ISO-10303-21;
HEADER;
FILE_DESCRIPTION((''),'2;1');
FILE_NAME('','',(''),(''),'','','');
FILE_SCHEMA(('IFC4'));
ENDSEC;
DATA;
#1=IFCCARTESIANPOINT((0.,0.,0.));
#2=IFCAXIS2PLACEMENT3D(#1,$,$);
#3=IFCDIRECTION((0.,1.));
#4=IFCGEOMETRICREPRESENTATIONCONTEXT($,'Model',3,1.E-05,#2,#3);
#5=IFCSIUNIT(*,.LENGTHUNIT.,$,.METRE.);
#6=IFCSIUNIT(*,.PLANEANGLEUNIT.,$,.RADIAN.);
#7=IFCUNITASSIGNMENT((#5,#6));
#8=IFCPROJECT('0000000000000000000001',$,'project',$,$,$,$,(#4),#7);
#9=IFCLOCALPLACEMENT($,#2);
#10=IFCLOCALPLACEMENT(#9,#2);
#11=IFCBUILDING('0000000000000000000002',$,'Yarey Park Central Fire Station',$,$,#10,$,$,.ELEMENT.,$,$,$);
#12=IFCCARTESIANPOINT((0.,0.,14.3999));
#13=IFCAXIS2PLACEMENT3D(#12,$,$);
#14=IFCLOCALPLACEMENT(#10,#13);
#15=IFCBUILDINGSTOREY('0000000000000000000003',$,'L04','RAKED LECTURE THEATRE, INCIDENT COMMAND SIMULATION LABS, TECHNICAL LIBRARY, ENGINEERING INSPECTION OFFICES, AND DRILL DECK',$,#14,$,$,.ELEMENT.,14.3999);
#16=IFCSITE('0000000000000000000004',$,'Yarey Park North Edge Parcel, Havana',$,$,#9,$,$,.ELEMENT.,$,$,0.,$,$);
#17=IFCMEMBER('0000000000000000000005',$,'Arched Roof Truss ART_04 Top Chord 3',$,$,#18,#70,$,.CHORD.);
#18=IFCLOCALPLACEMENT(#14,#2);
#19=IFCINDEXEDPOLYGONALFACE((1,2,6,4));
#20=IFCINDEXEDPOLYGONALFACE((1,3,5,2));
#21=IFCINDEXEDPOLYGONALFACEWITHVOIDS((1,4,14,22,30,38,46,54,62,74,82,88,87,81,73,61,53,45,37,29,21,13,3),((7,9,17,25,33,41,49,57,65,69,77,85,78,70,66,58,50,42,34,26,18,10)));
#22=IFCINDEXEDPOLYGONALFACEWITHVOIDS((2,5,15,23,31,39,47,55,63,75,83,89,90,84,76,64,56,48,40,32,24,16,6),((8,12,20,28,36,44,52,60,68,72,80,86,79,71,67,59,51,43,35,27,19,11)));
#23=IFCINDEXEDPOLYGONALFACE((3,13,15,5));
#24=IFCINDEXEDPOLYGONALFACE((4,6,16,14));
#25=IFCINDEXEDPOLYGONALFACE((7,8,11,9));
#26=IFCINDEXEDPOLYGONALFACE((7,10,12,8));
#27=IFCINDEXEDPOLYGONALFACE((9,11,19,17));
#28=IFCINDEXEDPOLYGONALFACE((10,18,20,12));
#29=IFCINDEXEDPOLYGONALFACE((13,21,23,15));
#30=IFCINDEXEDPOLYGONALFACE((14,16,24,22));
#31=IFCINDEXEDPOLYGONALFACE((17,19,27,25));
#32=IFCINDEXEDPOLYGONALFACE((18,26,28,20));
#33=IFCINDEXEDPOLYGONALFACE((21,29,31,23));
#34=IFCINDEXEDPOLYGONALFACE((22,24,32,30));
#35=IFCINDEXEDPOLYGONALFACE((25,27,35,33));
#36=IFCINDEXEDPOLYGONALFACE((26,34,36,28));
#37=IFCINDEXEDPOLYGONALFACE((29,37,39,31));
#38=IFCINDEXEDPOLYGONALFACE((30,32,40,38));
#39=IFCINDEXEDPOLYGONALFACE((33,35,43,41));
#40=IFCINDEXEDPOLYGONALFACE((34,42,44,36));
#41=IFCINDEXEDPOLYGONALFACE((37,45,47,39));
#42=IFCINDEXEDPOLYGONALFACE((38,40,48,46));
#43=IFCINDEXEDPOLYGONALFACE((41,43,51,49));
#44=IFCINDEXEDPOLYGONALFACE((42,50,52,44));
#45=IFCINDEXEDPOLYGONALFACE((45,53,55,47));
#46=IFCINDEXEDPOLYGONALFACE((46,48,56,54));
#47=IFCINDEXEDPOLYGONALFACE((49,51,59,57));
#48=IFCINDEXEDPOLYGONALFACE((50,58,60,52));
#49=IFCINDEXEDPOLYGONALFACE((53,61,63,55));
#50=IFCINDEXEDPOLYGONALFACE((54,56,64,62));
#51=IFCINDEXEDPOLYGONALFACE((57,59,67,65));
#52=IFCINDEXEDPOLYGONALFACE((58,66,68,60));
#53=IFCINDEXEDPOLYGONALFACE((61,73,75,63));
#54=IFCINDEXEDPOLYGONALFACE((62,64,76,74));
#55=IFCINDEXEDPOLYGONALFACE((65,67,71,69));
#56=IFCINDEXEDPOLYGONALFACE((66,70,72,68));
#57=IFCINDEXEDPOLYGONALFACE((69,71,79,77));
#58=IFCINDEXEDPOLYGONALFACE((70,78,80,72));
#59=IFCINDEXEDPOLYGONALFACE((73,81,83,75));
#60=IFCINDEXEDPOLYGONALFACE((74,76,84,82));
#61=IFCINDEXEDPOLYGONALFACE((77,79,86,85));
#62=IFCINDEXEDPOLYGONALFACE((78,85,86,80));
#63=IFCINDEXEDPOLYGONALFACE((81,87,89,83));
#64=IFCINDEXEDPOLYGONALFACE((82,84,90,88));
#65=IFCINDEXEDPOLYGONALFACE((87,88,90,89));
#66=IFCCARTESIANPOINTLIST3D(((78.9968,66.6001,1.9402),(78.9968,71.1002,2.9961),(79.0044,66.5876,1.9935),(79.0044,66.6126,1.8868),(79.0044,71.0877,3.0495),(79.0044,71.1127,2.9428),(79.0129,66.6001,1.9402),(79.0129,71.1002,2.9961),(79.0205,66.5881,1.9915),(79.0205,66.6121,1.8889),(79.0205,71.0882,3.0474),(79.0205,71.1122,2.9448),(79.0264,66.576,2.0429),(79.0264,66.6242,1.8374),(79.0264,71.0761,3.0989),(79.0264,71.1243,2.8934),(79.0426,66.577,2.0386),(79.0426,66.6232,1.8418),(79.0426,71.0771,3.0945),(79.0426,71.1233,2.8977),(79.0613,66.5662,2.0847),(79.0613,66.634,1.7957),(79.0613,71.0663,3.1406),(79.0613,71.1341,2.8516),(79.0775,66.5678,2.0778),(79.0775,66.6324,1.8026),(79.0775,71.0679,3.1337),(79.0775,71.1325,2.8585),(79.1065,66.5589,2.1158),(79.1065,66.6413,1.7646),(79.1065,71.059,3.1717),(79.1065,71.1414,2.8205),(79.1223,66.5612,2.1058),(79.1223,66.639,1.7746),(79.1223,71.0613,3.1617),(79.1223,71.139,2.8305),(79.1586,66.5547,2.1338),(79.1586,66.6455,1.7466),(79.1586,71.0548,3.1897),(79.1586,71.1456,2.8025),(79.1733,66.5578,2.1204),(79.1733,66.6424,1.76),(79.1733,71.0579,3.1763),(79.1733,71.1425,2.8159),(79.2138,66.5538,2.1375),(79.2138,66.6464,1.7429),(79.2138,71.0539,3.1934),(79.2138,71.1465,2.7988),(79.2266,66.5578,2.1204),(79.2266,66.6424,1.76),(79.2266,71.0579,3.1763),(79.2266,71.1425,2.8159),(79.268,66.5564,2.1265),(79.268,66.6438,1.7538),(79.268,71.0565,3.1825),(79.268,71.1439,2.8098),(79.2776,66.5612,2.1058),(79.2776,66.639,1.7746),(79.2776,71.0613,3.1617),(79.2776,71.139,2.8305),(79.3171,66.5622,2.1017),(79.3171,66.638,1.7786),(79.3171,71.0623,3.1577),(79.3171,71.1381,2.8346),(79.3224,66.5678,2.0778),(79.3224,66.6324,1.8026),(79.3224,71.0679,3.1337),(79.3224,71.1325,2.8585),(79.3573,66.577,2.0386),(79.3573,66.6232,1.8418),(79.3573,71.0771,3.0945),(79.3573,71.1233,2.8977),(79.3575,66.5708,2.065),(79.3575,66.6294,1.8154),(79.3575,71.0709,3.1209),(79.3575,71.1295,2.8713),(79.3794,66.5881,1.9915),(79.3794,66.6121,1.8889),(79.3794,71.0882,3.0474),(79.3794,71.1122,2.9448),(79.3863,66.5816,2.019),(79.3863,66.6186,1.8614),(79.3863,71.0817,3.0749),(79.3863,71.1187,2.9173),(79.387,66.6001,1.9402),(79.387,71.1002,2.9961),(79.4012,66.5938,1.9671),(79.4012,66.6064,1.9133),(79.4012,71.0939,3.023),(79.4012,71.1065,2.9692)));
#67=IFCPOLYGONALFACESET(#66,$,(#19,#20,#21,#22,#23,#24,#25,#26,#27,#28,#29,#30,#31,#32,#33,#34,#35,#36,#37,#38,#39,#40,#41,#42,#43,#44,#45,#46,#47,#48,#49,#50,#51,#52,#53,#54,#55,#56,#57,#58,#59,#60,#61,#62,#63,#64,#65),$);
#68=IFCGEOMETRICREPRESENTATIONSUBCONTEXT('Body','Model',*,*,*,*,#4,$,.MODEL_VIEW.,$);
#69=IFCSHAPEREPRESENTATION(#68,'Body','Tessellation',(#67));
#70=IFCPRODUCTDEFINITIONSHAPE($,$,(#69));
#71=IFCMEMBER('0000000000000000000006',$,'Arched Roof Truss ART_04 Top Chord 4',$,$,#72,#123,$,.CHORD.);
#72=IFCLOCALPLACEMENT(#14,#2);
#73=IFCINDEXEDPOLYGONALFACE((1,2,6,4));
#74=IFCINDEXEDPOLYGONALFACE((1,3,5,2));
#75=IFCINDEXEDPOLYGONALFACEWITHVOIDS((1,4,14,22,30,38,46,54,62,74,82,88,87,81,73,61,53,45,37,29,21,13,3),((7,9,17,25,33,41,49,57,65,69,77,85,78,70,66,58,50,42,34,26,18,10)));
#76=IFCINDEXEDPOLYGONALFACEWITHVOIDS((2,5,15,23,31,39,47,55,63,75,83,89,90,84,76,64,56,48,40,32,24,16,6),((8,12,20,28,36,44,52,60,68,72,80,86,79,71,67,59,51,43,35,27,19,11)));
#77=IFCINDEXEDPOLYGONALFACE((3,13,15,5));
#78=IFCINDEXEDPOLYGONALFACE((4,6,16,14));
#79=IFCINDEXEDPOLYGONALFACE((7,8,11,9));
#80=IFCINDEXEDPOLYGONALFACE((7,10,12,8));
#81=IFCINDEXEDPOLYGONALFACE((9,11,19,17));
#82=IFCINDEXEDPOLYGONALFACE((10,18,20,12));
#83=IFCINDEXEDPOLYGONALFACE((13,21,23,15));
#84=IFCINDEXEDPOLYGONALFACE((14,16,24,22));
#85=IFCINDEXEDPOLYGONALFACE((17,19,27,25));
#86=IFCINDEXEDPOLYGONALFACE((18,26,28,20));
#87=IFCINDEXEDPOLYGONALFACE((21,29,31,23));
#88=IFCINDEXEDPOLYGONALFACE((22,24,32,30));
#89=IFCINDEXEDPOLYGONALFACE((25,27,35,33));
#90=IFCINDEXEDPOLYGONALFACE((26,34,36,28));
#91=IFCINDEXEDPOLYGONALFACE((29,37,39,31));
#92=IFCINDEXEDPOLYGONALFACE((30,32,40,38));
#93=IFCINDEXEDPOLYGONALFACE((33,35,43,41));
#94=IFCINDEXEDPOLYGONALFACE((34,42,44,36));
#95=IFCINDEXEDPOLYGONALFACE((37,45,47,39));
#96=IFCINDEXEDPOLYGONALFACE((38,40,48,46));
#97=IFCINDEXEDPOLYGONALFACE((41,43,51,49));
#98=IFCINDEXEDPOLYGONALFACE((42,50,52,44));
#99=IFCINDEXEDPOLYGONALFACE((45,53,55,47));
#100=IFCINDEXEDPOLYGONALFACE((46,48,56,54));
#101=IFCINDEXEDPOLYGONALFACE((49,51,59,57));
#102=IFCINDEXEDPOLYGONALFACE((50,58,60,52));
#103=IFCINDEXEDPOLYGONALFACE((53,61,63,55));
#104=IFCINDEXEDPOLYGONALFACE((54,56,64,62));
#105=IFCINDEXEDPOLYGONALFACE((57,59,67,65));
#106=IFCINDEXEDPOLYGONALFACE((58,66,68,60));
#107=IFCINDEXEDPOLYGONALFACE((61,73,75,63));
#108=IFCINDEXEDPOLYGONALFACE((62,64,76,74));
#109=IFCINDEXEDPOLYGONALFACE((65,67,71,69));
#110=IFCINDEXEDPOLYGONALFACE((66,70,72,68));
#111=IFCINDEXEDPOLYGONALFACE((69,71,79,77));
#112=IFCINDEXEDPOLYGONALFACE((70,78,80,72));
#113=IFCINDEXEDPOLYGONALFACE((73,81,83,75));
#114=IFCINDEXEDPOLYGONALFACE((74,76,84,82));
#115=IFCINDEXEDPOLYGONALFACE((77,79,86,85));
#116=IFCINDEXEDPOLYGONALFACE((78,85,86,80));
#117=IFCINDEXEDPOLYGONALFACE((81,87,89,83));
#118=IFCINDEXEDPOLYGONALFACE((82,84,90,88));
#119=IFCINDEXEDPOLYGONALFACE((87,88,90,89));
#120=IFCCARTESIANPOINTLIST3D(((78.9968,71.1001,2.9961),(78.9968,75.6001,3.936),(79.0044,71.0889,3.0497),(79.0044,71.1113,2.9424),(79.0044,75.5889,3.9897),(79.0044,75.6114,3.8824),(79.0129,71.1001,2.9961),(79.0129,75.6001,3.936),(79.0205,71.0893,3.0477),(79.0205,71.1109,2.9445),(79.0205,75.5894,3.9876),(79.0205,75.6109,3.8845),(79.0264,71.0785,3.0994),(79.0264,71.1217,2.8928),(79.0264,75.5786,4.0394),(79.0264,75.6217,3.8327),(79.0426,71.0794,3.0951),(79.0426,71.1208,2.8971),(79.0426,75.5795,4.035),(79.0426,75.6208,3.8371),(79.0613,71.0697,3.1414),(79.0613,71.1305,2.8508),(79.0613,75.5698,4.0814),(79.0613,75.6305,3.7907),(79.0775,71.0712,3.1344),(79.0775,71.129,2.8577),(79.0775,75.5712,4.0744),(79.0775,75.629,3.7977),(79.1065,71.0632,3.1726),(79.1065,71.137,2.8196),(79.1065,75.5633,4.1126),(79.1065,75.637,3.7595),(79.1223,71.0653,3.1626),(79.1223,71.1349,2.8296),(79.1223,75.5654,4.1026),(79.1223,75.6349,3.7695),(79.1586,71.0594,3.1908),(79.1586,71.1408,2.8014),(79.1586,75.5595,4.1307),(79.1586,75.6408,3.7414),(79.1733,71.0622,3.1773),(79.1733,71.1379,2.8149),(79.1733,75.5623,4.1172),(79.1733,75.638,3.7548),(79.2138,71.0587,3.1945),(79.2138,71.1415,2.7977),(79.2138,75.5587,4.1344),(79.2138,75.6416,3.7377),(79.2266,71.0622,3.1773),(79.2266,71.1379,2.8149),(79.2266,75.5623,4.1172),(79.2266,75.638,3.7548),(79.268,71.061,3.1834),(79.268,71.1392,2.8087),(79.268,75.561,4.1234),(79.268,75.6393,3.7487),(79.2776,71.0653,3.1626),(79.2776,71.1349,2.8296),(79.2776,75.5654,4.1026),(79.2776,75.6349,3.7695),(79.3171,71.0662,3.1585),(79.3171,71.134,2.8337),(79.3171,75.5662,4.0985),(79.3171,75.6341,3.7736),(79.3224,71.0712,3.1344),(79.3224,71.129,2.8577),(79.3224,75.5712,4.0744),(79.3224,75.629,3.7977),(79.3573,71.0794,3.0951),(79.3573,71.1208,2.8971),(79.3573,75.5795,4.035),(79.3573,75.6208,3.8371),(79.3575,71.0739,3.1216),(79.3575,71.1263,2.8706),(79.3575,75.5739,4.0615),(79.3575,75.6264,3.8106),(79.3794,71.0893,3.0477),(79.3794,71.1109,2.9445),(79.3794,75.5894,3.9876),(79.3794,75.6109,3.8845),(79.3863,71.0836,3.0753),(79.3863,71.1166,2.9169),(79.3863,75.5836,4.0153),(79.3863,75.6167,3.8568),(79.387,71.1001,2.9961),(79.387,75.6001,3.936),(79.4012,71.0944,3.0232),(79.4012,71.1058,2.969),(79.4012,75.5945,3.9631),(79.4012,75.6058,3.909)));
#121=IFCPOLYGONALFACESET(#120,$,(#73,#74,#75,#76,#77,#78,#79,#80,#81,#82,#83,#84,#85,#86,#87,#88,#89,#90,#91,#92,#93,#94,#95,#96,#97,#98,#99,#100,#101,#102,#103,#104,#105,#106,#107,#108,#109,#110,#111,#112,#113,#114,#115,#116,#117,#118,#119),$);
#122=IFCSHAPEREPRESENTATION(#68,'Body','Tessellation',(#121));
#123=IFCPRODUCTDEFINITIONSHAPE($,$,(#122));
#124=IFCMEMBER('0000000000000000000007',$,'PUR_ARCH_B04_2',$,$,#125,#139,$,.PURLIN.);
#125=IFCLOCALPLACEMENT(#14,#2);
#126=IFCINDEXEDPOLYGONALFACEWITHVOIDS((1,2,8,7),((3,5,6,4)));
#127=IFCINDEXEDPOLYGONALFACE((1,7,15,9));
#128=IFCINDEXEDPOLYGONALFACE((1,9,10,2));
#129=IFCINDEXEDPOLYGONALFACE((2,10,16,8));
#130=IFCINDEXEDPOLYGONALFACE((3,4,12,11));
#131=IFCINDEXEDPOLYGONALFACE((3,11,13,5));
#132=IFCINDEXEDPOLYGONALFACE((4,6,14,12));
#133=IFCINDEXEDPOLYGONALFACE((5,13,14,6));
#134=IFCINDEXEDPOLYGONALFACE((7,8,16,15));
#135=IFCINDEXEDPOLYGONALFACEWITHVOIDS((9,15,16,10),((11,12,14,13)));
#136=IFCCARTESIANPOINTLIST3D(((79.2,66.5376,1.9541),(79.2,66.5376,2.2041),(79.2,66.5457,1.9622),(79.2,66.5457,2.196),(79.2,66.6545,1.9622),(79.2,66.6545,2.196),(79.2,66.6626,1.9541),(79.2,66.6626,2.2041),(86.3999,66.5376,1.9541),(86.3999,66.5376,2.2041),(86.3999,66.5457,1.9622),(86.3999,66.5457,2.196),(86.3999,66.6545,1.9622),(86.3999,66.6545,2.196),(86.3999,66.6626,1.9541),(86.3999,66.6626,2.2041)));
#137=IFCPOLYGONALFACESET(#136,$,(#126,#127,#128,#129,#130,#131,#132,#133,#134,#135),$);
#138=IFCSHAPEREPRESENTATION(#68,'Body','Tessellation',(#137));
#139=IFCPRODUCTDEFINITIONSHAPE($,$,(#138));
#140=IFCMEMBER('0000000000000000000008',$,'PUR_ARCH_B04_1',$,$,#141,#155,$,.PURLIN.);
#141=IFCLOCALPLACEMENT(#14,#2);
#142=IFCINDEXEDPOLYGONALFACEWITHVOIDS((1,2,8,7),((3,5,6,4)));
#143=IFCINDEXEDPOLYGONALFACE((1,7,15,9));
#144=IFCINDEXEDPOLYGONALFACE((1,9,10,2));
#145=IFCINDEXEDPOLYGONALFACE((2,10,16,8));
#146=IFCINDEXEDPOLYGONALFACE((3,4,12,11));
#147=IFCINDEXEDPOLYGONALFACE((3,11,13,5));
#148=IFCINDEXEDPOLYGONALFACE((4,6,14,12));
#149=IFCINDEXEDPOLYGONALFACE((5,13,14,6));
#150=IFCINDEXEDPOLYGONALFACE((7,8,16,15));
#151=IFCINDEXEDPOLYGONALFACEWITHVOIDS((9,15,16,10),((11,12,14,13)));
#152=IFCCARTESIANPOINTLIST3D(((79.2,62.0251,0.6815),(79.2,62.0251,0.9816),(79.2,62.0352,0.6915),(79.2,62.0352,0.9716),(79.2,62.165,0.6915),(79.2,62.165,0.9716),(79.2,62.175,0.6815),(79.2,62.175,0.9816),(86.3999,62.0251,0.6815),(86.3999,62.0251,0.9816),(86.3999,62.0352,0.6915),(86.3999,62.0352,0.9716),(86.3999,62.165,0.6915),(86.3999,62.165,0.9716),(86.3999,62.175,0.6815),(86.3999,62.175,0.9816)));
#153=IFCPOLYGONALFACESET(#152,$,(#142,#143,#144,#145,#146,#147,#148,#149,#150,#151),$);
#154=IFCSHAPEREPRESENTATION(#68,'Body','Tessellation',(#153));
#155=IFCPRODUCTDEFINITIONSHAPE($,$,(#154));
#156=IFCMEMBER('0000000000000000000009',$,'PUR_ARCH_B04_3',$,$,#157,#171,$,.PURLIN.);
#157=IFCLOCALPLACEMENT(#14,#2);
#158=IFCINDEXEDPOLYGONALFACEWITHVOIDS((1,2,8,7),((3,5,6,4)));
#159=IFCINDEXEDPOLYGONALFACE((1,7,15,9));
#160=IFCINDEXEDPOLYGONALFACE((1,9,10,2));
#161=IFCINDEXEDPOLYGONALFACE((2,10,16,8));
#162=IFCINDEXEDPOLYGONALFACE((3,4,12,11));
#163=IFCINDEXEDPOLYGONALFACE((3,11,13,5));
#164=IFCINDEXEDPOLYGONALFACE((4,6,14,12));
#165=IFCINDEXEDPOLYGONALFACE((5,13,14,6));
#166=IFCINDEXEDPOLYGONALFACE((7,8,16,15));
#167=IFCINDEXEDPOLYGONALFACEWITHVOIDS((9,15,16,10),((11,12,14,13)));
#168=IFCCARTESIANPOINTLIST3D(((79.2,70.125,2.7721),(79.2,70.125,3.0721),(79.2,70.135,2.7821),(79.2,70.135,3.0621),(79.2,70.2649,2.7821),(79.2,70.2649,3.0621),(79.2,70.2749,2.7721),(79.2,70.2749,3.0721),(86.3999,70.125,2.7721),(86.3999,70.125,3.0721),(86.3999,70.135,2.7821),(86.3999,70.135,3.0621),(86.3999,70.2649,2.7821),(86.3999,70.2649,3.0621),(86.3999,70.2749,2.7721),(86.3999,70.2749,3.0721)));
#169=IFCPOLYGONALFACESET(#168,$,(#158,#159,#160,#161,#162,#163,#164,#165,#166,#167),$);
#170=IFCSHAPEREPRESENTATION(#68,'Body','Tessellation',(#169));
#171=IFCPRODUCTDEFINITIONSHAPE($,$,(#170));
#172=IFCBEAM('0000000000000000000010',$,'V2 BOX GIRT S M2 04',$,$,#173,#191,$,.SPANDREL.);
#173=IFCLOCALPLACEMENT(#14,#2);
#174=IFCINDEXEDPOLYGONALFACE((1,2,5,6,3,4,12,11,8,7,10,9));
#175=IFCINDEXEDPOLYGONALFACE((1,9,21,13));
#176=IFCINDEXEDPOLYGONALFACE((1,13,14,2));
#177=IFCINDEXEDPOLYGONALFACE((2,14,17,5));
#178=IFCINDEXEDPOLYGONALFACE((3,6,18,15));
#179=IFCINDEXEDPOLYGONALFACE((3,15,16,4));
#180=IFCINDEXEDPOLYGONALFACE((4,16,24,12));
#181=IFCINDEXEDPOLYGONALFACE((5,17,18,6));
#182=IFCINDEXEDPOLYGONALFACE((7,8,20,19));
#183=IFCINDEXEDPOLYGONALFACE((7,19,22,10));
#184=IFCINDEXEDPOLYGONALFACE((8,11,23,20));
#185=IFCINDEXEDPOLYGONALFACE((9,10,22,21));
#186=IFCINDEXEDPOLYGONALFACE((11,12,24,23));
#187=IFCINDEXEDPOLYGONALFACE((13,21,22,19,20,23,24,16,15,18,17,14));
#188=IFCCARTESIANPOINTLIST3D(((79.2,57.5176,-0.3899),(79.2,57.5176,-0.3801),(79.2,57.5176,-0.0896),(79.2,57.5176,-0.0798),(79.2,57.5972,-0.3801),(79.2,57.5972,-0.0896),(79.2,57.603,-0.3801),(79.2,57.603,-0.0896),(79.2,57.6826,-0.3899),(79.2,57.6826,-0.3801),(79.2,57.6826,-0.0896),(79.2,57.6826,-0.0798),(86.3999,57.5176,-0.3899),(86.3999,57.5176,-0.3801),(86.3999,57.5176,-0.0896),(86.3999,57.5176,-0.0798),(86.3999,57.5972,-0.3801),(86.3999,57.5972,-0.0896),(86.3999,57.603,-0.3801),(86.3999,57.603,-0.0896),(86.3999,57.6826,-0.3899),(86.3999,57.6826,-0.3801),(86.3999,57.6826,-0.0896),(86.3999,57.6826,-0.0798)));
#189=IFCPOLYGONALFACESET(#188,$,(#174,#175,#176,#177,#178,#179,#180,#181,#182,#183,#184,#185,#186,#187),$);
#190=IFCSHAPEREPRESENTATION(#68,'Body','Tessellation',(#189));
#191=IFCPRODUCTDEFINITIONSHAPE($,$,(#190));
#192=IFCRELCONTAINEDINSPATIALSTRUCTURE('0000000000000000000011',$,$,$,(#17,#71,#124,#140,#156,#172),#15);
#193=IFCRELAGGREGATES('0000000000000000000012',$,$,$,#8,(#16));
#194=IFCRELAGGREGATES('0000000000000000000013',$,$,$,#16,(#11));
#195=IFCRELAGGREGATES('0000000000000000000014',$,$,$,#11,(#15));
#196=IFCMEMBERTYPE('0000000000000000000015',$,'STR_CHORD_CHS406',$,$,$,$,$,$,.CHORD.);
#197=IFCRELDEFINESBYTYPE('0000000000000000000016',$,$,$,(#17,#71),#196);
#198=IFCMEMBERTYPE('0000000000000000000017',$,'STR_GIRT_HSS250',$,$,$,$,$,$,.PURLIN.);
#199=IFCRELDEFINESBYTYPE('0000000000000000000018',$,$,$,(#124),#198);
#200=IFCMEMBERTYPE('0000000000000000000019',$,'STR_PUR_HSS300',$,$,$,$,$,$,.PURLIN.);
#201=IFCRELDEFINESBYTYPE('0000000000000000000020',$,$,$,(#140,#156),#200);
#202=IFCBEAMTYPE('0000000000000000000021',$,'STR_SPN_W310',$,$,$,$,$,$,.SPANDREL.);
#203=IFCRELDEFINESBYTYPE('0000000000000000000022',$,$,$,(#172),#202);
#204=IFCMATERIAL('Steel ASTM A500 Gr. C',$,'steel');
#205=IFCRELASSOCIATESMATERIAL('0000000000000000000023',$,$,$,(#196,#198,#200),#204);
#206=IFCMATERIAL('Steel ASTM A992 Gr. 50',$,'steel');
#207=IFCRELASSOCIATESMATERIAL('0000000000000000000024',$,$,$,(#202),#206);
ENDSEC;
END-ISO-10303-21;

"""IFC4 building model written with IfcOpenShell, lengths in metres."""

from ifc_helpers import new_model, si_unit, direction, frame, origin, origin_2d, place, context, subcontext, project, spatial, hollow_rectangle, hollow_circle, i_section, extrude, material, material_profile, profile_set, type_object, element, save


model = new_model("IFC4")

# Units and contexts
model_context = context("Model", 3, precision=1e-05, world=origin(), true_north=direction((0.0, 1.0)))
body_context = subcontext(model_context, "Body", "Model", "MODEL_VIEW")
ifc_project = project(units=[si_unit("LENGTHUNIT", "METRE"), si_unit("PLANEANGLEUNIT", "RADIAN")], contexts=[model_context])

# Site, building, storey
site_placement = place(None, origin())
site = spatial("IfcSite", under=ifc_project, at=site_placement, Name="Yarey Park North Edge Parcel, Havana", CompositionType="ELEMENT", RefElevation=0.0)
building_placement = place(site_placement, origin())
building = spatial("IfcBuilding", under=site, at=building_placement, Name="Yarey Park Central Fire Station", CompositionType="ELEMENT")
storey_placement = place(building_placement, frame((0.0, 0.0, 14.3999)))
storey = spatial("IfcBuildingStorey", under=building, at=storey_placement, Name="L04", Description="RAKED LECTURE THEATRE, INCIDENT COMMAND SIMULATION LABS, TECHNICAL LIBRARY, ENGINEERING INSPECTION OFFICES, AND DRILL DECK", CompositionType="ELEMENT", Elevation=14.3999)

# Shared definitions
ifc_material_1 = material(Name="Steel ASTM A992 Gr. 50", Category="steel")

# Members
ifc_material_2 = material(Name="Steel ASTM A500 Gr. C", Category="steel")
ifc_material_profile_1 = material_profile(ifc_material_2, hollow_circle(Radius=0.2031, WallThickness=0.0161, at=origin_2d()), Name="CHS 406.4x16")
ifc_profile_set_1 = profile_set([ifc_material_profile_1], Name="Steel ASTM A500 Gr. C")
member_type_1 = type_object("IfcMemberType", Name="STR_CHORD_CHS406", PredefinedType="CHORD", material=ifc_profile_set_1)
member_1_placement = place(storey_placement, frame((79.2, 66.6001, 1.9402), z_axis=(0.0, 0.973558, 0.228442), x_axis=(-1.0, 0.0, 0.0)))
element("IfcMember", 1, at=member_1_placement, inside=storey, type_object=member_type_1, Name="Arched Roof Truss ART_04 Top Chord 3", PredefinedType="CHORD", context=body_context, shape_type="SweptSolid", body=[
    extrude(hollow_circle(Radius=0.2031, WallThickness=0.0161, at=origin_2d()), origin(), (0.0, 0.0, 1.0), 4.6223),
])
member_2_placement = place(storey_placement, frame((79.2, 71.1001, 2.9961), z_axis=(0.0, 0.978874, 0.204463), x_axis=(-1.0, 0.0, 0.0)))
element("IfcMember", 2, at=member_2_placement, inside=storey, type_object=member_type_1, Name="Arched Roof Truss ART_04 Top Chord 4", PredefinedType="CHORD", context=body_context, shape_type="SweptSolid", body=[
    extrude(hollow_circle(Radius=0.2031, WallThickness=0.0161, at=origin_2d()), origin(), (0.0, 0.0, 1.0), 4.5972),
])
ifc_material_profile_2 = material_profile(ifc_material_2, hollow_rectangle(XDim=0.125, YDim=0.25, WallThickness=0.0081, at=origin_2d()), Name="HSS 250x125x8")
ifc_profile_set_2 = profile_set([ifc_material_profile_2], Name="Steel ASTM A500 Gr. C")
member_type_2 = type_object("IfcMemberType", Name="STR_GIRT_HSS250", PredefinedType="PURLIN", material=ifc_profile_set_2)
member_3_placement = place(storey_placement, frame((79.2, 66.6001, 2.0791), z_axis=(1.0, 0.0, 0.0), x_axis=(0.0, 1.0, 0.0)))
element("IfcMember", 3, at=member_3_placement, inside=storey, type_object=member_type_2, Name="PUR_ARCH_B04_2", PredefinedType="PURLIN", context=body_context, shape_type="SweptSolid", body=[
    extrude(hollow_rectangle(XDim=0.125, YDim=0.25, WallThickness=0.0081, at=origin_2d()), origin(), (0.0, 0.0, 1.0), 7.2),
])
ifc_material_profile_3 = material_profile(ifc_material_2, hollow_rectangle(XDim=0.1499, YDim=0.3, WallThickness=0.01, at=origin_2d()), Name="HSS 300x150x10")
ifc_profile_set_3 = profile_set([ifc_material_profile_3], Name="Steel ASTM A500 Gr. C")
member_type_3 = type_object("IfcMemberType", Name="STR_PUR_HSS300", PredefinedType="PURLIN", material=ifc_profile_set_3)
for number, where, z_axis, x_axis, name in (
    (4, (79.2, 62.1001, 0.8315), (1.0, 0.0, 0.0), (0.0, 1.0, 0.0), "PUR_ARCH_B04_1"),
    (5, (79.2, 70.2, 2.9221), (1.0, 0.0, 0.0), (0.0, 1.0, 0.0), "PUR_ARCH_B04_3"),
):
    element("IfcMember", number, at=place(storey_placement, frame(where, z_axis=z_axis, x_axis=x_axis)), inside=storey, type_object=member_type_3, Name=name, PredefinedType="PURLIN", context=body_context, shape_type="SweptSolid", body=[
        extrude(hollow_rectangle(XDim=0.1499, YDim=0.3, WallThickness=0.01, at=origin_2d()), origin(), (0.0, 0.0, 1.0), 7.2),
    ])

# Beam
ifc_material_profile_4 = material_profile(ifc_material_1, i_section(OverallWidth=0.165, OverallDepth=0.3101, WebThickness=0.0059, FlangeThickness=0.0098, at=origin_2d()), Name="W310x39")
ifc_profile_set_4 = profile_set([ifc_material_profile_4], Name="Steel ASTM A992 Gr. 50")
beam_type = type_object("IfcBeamType", Name="STR_SPN_W310", PredefinedType="SPANDREL", material=ifc_profile_set_4)
beam_placement = place(storey_placement, frame((79.2, 57.6001, -0.2349), z_axis=(1.0, 0.0, 0.0), x_axis=(0.0, 1.0, 0.0)))
element("IfcBeam", 6, at=beam_placement, inside=storey, type_object=beam_type, Name="V2 BOX GIRT S M2 04", PredefinedType="SPANDREL", context=body_context, shape_type="SweptSolid", body=[
    extrude(i_section(OverallWidth=0.165, OverallDepth=0.3101, WebThickness=0.0059, FlangeThickness=0.0098, at=origin_2d()), origin(), (0.0, 0.0, 1.0), 7.2),
])

save(model, "model.ifc")
